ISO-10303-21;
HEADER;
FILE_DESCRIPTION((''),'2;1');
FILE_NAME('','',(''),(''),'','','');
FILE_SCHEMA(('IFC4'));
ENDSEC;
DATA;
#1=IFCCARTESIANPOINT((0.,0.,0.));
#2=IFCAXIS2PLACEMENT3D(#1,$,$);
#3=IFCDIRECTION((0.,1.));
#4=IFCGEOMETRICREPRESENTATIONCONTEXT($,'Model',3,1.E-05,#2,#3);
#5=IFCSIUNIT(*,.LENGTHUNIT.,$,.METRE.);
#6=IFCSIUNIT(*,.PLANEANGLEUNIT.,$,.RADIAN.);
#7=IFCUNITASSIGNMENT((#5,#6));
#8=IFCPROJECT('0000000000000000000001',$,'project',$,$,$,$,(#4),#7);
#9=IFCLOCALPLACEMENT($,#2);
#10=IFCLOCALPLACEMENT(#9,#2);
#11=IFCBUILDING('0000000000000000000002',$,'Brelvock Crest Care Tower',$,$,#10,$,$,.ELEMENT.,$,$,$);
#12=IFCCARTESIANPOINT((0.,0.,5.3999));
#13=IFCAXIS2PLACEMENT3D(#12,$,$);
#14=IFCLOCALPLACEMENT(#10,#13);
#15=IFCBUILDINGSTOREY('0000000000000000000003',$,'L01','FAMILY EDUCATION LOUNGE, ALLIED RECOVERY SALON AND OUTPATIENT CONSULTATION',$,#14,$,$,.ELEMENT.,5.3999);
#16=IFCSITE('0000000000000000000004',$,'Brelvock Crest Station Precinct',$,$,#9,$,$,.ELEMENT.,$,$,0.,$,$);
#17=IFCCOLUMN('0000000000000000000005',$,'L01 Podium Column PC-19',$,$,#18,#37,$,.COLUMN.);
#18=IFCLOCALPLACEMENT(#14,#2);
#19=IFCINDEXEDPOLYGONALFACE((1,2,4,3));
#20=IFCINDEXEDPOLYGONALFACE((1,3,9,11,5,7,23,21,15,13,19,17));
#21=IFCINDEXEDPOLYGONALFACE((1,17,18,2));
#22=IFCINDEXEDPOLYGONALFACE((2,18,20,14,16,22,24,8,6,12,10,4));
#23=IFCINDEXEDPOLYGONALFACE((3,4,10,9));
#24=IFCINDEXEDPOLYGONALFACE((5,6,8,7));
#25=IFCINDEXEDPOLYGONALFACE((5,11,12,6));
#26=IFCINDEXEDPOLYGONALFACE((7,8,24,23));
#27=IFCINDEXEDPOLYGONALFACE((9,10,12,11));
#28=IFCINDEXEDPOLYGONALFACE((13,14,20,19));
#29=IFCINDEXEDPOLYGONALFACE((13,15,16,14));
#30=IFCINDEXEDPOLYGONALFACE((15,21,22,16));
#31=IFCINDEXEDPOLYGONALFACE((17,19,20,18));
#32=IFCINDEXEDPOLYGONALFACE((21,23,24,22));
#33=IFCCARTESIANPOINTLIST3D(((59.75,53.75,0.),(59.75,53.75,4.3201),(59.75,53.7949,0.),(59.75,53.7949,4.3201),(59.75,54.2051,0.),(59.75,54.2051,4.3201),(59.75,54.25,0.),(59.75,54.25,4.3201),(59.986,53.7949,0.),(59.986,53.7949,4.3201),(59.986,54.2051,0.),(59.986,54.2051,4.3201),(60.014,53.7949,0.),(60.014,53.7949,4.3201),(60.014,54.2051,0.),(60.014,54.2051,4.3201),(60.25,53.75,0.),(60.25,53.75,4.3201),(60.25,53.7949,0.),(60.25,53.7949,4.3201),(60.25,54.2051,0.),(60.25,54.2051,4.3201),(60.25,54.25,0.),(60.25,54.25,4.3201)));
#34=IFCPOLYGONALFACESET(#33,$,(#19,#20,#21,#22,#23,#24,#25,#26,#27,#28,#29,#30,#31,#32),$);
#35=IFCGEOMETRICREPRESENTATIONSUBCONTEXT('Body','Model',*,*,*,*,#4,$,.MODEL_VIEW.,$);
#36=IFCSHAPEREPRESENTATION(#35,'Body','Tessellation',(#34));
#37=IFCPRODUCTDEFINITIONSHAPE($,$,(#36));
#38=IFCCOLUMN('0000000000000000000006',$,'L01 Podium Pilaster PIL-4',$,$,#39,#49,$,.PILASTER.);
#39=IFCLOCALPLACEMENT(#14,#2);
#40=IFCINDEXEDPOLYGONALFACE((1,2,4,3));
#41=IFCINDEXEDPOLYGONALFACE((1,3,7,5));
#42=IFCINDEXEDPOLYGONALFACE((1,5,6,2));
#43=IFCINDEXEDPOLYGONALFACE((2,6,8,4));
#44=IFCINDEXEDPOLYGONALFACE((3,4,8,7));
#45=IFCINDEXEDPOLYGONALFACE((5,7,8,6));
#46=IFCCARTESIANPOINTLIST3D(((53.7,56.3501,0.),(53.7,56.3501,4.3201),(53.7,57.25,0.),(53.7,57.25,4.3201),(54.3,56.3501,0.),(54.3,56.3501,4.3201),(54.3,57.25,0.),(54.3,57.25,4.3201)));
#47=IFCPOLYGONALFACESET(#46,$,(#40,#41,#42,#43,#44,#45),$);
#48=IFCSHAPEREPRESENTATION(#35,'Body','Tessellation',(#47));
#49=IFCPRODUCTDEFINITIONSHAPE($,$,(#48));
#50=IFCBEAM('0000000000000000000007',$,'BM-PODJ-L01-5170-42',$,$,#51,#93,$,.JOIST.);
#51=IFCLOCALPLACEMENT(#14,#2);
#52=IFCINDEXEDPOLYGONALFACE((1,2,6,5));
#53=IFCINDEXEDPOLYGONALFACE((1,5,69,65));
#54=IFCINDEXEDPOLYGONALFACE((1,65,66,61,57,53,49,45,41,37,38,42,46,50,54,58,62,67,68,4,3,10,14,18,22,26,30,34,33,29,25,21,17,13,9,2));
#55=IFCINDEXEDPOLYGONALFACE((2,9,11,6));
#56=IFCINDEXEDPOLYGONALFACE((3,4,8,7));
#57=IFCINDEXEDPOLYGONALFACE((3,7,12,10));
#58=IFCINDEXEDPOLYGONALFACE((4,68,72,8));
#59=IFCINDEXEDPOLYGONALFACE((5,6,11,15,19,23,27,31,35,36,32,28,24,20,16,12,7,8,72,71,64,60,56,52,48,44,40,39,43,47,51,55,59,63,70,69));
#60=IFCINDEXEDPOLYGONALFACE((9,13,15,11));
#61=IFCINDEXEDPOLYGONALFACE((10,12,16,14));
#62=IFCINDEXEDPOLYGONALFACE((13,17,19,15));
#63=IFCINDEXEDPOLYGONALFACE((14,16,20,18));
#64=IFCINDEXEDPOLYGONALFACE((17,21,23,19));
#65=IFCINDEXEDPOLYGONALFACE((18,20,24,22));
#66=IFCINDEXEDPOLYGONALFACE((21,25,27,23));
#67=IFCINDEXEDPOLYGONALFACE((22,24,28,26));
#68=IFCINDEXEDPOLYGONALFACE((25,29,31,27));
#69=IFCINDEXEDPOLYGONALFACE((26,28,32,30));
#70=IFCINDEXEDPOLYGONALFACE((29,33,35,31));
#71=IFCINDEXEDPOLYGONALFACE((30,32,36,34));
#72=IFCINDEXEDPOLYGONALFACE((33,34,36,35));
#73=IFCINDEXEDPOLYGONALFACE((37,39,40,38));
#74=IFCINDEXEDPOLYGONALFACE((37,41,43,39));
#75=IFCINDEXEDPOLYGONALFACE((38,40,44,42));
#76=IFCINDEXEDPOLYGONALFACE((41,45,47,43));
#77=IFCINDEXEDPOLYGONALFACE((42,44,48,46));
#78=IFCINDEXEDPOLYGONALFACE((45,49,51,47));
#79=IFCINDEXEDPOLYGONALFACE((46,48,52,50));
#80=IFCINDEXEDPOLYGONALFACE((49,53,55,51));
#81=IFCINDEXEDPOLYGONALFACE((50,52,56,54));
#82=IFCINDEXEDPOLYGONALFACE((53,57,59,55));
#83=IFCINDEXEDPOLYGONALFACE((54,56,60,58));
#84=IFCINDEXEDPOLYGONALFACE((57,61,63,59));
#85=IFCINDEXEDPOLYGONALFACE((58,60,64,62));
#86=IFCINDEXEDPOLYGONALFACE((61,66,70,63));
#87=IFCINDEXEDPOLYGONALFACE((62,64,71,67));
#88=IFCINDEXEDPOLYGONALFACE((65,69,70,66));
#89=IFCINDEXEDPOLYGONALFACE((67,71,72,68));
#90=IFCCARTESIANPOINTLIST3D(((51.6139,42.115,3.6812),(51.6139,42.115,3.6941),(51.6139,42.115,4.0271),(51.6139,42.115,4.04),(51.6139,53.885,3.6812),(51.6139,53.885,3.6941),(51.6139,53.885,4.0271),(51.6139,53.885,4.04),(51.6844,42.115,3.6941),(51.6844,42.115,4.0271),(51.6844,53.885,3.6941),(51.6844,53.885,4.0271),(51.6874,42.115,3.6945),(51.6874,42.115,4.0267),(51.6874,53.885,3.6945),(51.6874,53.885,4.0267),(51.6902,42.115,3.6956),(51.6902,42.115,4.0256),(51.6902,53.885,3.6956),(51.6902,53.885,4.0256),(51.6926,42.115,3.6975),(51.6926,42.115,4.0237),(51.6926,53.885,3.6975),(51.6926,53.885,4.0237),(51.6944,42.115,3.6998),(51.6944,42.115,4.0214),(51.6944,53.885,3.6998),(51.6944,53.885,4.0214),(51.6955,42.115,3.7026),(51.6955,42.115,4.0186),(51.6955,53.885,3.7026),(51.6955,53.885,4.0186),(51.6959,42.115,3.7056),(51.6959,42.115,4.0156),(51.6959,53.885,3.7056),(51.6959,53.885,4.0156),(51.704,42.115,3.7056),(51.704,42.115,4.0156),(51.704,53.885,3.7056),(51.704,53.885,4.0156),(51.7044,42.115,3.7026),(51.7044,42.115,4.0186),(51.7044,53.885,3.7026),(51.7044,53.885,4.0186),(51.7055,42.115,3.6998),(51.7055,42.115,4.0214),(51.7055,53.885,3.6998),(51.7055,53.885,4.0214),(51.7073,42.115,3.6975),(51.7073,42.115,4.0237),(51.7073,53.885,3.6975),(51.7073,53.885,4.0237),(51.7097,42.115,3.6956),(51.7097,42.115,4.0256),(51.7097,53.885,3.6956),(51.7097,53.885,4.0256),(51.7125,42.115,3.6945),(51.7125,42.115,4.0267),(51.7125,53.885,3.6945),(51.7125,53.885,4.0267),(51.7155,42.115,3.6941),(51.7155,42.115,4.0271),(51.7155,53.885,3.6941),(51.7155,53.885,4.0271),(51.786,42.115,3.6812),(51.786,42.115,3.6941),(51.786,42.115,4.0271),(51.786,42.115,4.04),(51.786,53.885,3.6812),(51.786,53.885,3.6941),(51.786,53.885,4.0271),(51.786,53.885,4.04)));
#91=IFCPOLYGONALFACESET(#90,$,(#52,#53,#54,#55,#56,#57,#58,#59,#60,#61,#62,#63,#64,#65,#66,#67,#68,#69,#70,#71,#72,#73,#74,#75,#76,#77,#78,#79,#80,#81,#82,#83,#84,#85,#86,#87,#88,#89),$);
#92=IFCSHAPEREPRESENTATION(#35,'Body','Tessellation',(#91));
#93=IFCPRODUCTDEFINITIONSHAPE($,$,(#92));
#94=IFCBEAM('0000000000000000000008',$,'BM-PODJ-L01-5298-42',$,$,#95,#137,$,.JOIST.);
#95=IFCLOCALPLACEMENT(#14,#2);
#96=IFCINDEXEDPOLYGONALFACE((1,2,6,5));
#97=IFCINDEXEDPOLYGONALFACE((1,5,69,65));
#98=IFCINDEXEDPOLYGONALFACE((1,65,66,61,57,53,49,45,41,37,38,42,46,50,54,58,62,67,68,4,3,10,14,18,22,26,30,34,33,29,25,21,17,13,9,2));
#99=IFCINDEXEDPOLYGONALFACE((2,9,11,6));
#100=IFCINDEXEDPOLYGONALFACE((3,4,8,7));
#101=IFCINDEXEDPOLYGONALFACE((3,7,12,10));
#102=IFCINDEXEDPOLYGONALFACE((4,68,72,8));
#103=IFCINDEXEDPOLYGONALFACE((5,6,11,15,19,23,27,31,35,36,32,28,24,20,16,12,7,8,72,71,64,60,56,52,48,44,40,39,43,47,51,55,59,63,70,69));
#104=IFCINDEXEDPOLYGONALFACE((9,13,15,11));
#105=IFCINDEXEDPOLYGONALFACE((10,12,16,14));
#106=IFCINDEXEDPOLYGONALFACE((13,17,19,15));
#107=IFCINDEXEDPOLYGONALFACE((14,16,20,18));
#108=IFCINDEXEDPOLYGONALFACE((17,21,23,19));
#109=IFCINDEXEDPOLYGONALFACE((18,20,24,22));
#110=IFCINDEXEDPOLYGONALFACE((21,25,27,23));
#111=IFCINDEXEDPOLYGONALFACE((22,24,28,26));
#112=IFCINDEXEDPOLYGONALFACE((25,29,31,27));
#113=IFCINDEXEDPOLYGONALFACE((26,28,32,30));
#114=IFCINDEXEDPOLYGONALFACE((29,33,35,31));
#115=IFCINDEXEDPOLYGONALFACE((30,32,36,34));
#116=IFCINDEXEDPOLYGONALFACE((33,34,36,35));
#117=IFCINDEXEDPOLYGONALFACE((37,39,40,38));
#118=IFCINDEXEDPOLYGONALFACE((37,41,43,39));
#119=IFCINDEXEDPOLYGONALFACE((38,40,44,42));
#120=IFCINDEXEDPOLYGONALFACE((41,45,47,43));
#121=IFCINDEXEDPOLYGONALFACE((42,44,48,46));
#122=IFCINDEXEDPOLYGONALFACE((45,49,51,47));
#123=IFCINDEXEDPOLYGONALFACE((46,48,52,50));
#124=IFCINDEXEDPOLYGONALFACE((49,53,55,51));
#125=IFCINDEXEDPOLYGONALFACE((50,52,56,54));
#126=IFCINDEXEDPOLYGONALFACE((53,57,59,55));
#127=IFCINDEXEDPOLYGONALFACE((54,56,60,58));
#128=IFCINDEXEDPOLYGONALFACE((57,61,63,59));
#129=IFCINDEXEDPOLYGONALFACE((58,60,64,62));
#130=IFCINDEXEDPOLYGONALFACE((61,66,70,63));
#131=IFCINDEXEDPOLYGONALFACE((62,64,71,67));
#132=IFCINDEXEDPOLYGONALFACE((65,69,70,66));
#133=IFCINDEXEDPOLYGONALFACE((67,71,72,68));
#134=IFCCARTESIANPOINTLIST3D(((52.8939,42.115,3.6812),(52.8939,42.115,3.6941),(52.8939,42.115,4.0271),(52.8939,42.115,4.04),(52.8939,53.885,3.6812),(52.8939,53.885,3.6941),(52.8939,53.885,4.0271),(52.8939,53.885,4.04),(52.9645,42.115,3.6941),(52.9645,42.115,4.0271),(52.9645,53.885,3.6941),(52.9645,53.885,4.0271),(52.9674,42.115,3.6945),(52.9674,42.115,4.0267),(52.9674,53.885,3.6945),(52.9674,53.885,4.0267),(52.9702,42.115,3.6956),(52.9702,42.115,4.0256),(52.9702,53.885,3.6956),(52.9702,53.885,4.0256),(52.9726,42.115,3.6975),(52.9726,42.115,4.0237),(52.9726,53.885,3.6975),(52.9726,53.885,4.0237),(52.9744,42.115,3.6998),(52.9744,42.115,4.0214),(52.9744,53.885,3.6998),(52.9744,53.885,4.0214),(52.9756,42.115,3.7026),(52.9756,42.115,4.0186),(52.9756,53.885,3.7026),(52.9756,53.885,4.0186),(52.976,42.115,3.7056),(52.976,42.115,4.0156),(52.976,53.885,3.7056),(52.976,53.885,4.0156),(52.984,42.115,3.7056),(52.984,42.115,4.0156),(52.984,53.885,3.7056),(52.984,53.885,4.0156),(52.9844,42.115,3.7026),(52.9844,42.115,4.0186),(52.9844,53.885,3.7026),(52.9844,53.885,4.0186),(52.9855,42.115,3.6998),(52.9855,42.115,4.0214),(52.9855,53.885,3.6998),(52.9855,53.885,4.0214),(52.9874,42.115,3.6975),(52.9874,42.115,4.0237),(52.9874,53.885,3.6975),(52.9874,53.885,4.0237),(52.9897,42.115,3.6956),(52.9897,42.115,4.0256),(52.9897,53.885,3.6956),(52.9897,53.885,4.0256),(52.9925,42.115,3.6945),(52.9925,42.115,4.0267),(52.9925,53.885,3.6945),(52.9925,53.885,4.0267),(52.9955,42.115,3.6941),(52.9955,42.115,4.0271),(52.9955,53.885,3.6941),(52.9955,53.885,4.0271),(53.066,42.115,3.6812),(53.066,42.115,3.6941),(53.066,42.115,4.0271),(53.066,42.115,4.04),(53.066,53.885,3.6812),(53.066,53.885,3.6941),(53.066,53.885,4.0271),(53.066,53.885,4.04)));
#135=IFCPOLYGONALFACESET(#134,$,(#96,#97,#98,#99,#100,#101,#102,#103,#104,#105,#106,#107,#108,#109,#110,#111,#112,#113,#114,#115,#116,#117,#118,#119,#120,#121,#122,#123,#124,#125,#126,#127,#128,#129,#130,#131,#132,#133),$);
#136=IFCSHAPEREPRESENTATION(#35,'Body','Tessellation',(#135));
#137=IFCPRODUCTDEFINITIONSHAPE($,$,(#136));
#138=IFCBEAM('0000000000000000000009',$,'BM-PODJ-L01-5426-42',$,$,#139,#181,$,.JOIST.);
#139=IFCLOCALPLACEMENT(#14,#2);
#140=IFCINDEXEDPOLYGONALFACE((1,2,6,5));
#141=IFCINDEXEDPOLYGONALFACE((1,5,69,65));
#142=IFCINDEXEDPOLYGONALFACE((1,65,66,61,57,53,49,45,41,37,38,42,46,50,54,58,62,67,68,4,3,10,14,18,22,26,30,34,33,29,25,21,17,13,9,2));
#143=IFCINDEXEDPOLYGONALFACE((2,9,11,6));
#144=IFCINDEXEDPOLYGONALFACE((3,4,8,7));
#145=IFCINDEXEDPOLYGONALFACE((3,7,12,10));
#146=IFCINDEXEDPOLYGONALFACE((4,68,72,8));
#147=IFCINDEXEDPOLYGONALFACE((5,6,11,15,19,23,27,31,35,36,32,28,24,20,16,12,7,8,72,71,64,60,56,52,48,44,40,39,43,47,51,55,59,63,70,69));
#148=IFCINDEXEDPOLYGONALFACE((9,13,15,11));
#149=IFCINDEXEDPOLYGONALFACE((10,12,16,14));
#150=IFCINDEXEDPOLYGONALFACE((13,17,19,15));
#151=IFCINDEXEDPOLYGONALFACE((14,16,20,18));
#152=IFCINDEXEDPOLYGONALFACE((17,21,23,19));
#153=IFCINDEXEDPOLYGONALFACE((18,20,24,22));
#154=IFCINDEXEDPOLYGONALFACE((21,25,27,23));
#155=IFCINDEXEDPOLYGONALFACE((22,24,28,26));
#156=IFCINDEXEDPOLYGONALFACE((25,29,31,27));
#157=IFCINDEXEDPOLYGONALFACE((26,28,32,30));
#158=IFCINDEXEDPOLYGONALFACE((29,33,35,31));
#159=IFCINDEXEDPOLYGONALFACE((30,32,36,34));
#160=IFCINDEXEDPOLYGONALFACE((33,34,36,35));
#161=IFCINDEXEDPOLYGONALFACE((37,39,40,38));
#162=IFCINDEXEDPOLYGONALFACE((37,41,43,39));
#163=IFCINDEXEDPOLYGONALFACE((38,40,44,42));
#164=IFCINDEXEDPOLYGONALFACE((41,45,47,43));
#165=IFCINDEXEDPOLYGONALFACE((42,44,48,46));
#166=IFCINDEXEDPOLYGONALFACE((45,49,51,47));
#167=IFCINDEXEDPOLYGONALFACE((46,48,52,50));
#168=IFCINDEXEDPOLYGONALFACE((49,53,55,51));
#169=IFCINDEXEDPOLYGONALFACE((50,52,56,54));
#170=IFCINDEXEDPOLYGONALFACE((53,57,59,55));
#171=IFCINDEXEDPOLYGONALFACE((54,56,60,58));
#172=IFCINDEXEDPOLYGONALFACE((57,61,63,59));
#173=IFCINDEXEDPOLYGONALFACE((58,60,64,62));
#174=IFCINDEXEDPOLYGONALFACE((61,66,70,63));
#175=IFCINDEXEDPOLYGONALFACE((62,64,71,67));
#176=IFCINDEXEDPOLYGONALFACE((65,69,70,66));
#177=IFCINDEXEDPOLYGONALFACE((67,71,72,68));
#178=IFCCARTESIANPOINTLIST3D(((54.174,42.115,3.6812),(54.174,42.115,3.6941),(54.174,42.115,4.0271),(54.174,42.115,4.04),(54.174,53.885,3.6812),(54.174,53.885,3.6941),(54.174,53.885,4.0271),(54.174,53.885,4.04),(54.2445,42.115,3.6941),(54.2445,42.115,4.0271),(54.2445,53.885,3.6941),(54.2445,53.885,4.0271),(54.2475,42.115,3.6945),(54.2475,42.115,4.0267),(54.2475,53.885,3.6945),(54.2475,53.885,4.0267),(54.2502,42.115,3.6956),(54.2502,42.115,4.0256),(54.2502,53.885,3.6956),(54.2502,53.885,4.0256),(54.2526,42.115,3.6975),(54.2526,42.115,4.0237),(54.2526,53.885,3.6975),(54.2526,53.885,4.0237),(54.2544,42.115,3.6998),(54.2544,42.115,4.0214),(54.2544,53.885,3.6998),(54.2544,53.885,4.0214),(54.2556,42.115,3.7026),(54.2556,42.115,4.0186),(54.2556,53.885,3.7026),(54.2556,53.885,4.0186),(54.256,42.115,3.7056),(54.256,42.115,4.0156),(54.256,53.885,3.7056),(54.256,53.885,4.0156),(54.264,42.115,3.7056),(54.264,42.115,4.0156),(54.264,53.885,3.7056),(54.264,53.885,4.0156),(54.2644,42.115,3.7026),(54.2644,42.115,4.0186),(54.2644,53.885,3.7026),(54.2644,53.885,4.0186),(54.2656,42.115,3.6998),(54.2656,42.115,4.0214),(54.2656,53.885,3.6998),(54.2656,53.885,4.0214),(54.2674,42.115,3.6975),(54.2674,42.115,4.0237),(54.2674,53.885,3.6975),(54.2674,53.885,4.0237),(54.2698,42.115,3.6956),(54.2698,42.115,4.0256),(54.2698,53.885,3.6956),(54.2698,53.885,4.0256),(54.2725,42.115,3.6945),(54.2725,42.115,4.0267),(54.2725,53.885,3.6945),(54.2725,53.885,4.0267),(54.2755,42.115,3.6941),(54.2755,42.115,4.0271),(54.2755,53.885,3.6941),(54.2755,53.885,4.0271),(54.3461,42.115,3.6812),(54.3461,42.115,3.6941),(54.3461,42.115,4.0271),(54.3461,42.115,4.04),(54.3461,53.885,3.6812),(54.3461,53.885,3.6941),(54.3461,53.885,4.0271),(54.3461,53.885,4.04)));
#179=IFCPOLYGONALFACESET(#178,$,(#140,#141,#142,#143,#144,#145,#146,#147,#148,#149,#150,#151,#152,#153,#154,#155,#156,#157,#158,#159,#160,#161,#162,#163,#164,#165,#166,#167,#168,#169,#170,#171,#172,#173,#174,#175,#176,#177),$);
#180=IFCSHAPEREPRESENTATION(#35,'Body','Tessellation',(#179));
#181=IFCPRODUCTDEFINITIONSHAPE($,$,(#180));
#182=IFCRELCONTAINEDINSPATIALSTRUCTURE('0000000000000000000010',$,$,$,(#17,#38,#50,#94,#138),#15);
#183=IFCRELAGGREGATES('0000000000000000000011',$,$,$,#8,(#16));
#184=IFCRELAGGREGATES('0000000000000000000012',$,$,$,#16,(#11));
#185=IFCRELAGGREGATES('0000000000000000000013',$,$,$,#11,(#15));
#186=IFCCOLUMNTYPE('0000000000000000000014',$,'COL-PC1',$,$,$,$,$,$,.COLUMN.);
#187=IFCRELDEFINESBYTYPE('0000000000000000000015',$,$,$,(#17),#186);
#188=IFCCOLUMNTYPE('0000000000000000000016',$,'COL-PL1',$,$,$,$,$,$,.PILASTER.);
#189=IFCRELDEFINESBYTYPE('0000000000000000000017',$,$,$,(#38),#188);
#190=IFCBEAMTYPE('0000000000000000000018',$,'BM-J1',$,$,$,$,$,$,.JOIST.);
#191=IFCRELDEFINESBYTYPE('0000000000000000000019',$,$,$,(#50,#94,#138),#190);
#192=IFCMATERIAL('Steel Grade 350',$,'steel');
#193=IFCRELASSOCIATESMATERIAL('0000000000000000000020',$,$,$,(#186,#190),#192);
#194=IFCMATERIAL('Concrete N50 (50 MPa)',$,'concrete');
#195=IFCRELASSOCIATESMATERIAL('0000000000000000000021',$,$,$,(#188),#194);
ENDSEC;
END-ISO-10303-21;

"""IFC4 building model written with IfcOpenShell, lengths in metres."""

from ifc_helpers import new_model, si_unit, direction, frame, origin, origin_2d, place, context, subcontext, project, spatial, rectangle, i_section, extrude, source, transform, mapped, material, material_profile, profile_set, type_object, element, save


model = new_model("IFC4")

# Units and contexts
model_context = context("Model", 3, precision=1e-05, world=origin(), true_north=direction((0.0, 1.0)))
body_context = subcontext(model_context, "Body", "Model", "MODEL_VIEW")
ifc_project = project(units=[si_unit("LENGTHUNIT", "METRE"), si_unit("PLANEANGLEUNIT", "RADIAN")], contexts=[model_context])

# Site, building, storey
site_placement = place(None, origin())
site = spatial("IfcSite", under=ifc_project, at=site_placement, Name="Brelvock Crest Station Precinct", CompositionType="ELEMENT", RefElevation=0.0)
building_placement = place(site_placement, origin())
building = spatial("IfcBuilding", under=site, at=building_placement, Name="Brelvock Crest Care Tower", CompositionType="ELEMENT")
storey_placement = place(building_placement, frame((0.0, 0.0, 5.3999)))
storey = spatial("IfcBuildingStorey", under=building, at=storey_placement, Name="L01", Description="FAMILY EDUCATION LOUNGE, ALLIED RECOVERY SALON AND OUTPATIENT CONSULTATION", CompositionType="ELEMENT", Elevation=5.3999)

# Columns
ifc_material_1 = material(Name="Steel Grade 350", Category="steel")
ifc_material_profile_1 = material_profile(ifc_material_1, i_section(OverallWidth=0.5, OverallDepth=0.5, WebThickness=0.0281, FlangeThickness=0.0449, at=origin_2d()), Name="500WC440")
ifc_profile_set_1 = profile_set([ifc_material_profile_1], Name="Steel Grade 350")
column_type_1 = type_object("IfcColumnType", Name="COL-PC1", PredefinedType="COLUMN", material=ifc_profile_set_1)
shared_shape_1 = source(origin(), body_context, "Body", "SweptSolid", [
    extrude(i_section(OverallWidth=0.5, OverallDepth=0.5, WebThickness=0.0281, FlangeThickness=0.0449, at=origin_2d()), origin(), (0.0, 0.0, 1.0), 4.3201),
])
column_1_placement = place(storey_placement, frame((60.0, 54.0, 0.0), z_axis=(0.0, 0.0, 1.0), x_axis=(1.0, 0.0, 0.0)))
element("IfcColumn", 1, at=column_1_placement, inside=storey, type_object=column_type_1, Name="L01 Podium Column PC-19", PredefinedType="COLUMN", context=body_context, shape_type="MappedRepresentation", body=[
    mapped(shared_shape_1, transform((0.0, 0.0, 0.0), x_axis=(1.0, 0.0, 0.0), y_axis=(0.0, 1.0, 0.0), z_axis=(0.0, 0.0, 1.0), scale=1.0)),
])
ifc_material_2 = material(Name="Concrete N50 (50 MPa)", Category="concrete")
ifc_material_profile_2 = material_profile(ifc_material_2, rectangle(XDim=0.6001, YDim=0.8999, at=origin_2d()), Name="RC600x900")
ifc_profile_set_2 = profile_set([ifc_material_profile_2], Name="Concrete N50 (50 MPa)")
column_type_2 = type_object("IfcColumnType", Name="COL-PL1", PredefinedType="PILASTER", material=ifc_profile_set_2)
shared_shape_2 = source(origin(), body_context, "Body", "SweptSolid", [
    extrude(rectangle(XDim=0.6001, YDim=0.8999, at=origin_2d()), origin(), (0.0, 0.0, 1.0), 4.3201),
])
column_2_placement = place(storey_placement, frame((54.0, 56.8, 0.0), z_axis=(0.0, 0.0, 1.0), x_axis=(1.0, 0.0, 0.0)))
element("IfcColumn", 2, at=column_2_placement, inside=storey, type_object=column_type_2, Name="L01 Podium Pilaster PIL-4", PredefinedType="PILASTER", context=body_context, shape_type="MappedRepresentation", body=[
    mapped(shared_shape_2, transform((0.0, 0.0, 0.0), x_axis=(1.0, 0.0, 0.0), y_axis=(0.0, 1.0, 0.0), z_axis=(0.0, 0.0, 1.0), scale=1.0)),
])

# Beams
ifc_material_profile_3 = material_profile(ifc_material_1, i_section(OverallWidth=0.1721, OverallDepth=0.3589, WebThickness=0.0081, FlangeThickness=0.0129, FilletRadius=0.0115, at=origin_2d()), Name="360UB56.7")
ifc_profile_set_3 = profile_set([ifc_material_profile_3], Name="Steel Grade 350")
beam_type = type_object("IfcBeamType", Name="BM-J1", PredefinedType="JOIST", material=ifc_profile_set_3)
shared_shape_3 = source(origin(), body_context, "Body", "SweptSolid", [
    extrude(i_section(OverallWidth=0.1721, OverallDepth=0.3589, WebThickness=0.0081, FlangeThickness=0.0129, FilletRadius=0.0115, at=origin_2d()), origin(), (0.0, 0.0, 1.0), 11.77),
])
for number, where, z_axis, x_axis, name in (
    (3, (51.7, 42.115, 3.8606), (0.0, 1.0, 0.0), (-1.0, 0.0, 0.0), "BM-PODJ-L01-5170-42"),
    (4, (52.98, 42.115, 3.8606), (0.0, 1.0, 0.0), (-1.0, 0.0, 0.0), "BM-PODJ-L01-5298-42"),
    (5, (54.26, 42.115, 3.8606), (0.0, 1.0, 0.0), (-1.0, 0.0, 0.0), "BM-PODJ-L01-5426-42"),
):
    element("IfcBeam", number, at=place(storey_placement, frame(where, z_axis=z_axis, x_axis=x_axis)), inside=storey, type_object=beam_type, Name=name, PredefinedType="JOIST", context=body_context, shape_type="MappedRepresentation", body=[
        mapped(shared_shape_3, transform((0.0, 0.0, 0.0), x_axis=(1.0, 0.0, 0.0), y_axis=(0.0, 1.0, 0.0), z_axis=(0.0, 0.0, 1.0), scale=1.0)),
    ])

save(model, "model.ifc")
